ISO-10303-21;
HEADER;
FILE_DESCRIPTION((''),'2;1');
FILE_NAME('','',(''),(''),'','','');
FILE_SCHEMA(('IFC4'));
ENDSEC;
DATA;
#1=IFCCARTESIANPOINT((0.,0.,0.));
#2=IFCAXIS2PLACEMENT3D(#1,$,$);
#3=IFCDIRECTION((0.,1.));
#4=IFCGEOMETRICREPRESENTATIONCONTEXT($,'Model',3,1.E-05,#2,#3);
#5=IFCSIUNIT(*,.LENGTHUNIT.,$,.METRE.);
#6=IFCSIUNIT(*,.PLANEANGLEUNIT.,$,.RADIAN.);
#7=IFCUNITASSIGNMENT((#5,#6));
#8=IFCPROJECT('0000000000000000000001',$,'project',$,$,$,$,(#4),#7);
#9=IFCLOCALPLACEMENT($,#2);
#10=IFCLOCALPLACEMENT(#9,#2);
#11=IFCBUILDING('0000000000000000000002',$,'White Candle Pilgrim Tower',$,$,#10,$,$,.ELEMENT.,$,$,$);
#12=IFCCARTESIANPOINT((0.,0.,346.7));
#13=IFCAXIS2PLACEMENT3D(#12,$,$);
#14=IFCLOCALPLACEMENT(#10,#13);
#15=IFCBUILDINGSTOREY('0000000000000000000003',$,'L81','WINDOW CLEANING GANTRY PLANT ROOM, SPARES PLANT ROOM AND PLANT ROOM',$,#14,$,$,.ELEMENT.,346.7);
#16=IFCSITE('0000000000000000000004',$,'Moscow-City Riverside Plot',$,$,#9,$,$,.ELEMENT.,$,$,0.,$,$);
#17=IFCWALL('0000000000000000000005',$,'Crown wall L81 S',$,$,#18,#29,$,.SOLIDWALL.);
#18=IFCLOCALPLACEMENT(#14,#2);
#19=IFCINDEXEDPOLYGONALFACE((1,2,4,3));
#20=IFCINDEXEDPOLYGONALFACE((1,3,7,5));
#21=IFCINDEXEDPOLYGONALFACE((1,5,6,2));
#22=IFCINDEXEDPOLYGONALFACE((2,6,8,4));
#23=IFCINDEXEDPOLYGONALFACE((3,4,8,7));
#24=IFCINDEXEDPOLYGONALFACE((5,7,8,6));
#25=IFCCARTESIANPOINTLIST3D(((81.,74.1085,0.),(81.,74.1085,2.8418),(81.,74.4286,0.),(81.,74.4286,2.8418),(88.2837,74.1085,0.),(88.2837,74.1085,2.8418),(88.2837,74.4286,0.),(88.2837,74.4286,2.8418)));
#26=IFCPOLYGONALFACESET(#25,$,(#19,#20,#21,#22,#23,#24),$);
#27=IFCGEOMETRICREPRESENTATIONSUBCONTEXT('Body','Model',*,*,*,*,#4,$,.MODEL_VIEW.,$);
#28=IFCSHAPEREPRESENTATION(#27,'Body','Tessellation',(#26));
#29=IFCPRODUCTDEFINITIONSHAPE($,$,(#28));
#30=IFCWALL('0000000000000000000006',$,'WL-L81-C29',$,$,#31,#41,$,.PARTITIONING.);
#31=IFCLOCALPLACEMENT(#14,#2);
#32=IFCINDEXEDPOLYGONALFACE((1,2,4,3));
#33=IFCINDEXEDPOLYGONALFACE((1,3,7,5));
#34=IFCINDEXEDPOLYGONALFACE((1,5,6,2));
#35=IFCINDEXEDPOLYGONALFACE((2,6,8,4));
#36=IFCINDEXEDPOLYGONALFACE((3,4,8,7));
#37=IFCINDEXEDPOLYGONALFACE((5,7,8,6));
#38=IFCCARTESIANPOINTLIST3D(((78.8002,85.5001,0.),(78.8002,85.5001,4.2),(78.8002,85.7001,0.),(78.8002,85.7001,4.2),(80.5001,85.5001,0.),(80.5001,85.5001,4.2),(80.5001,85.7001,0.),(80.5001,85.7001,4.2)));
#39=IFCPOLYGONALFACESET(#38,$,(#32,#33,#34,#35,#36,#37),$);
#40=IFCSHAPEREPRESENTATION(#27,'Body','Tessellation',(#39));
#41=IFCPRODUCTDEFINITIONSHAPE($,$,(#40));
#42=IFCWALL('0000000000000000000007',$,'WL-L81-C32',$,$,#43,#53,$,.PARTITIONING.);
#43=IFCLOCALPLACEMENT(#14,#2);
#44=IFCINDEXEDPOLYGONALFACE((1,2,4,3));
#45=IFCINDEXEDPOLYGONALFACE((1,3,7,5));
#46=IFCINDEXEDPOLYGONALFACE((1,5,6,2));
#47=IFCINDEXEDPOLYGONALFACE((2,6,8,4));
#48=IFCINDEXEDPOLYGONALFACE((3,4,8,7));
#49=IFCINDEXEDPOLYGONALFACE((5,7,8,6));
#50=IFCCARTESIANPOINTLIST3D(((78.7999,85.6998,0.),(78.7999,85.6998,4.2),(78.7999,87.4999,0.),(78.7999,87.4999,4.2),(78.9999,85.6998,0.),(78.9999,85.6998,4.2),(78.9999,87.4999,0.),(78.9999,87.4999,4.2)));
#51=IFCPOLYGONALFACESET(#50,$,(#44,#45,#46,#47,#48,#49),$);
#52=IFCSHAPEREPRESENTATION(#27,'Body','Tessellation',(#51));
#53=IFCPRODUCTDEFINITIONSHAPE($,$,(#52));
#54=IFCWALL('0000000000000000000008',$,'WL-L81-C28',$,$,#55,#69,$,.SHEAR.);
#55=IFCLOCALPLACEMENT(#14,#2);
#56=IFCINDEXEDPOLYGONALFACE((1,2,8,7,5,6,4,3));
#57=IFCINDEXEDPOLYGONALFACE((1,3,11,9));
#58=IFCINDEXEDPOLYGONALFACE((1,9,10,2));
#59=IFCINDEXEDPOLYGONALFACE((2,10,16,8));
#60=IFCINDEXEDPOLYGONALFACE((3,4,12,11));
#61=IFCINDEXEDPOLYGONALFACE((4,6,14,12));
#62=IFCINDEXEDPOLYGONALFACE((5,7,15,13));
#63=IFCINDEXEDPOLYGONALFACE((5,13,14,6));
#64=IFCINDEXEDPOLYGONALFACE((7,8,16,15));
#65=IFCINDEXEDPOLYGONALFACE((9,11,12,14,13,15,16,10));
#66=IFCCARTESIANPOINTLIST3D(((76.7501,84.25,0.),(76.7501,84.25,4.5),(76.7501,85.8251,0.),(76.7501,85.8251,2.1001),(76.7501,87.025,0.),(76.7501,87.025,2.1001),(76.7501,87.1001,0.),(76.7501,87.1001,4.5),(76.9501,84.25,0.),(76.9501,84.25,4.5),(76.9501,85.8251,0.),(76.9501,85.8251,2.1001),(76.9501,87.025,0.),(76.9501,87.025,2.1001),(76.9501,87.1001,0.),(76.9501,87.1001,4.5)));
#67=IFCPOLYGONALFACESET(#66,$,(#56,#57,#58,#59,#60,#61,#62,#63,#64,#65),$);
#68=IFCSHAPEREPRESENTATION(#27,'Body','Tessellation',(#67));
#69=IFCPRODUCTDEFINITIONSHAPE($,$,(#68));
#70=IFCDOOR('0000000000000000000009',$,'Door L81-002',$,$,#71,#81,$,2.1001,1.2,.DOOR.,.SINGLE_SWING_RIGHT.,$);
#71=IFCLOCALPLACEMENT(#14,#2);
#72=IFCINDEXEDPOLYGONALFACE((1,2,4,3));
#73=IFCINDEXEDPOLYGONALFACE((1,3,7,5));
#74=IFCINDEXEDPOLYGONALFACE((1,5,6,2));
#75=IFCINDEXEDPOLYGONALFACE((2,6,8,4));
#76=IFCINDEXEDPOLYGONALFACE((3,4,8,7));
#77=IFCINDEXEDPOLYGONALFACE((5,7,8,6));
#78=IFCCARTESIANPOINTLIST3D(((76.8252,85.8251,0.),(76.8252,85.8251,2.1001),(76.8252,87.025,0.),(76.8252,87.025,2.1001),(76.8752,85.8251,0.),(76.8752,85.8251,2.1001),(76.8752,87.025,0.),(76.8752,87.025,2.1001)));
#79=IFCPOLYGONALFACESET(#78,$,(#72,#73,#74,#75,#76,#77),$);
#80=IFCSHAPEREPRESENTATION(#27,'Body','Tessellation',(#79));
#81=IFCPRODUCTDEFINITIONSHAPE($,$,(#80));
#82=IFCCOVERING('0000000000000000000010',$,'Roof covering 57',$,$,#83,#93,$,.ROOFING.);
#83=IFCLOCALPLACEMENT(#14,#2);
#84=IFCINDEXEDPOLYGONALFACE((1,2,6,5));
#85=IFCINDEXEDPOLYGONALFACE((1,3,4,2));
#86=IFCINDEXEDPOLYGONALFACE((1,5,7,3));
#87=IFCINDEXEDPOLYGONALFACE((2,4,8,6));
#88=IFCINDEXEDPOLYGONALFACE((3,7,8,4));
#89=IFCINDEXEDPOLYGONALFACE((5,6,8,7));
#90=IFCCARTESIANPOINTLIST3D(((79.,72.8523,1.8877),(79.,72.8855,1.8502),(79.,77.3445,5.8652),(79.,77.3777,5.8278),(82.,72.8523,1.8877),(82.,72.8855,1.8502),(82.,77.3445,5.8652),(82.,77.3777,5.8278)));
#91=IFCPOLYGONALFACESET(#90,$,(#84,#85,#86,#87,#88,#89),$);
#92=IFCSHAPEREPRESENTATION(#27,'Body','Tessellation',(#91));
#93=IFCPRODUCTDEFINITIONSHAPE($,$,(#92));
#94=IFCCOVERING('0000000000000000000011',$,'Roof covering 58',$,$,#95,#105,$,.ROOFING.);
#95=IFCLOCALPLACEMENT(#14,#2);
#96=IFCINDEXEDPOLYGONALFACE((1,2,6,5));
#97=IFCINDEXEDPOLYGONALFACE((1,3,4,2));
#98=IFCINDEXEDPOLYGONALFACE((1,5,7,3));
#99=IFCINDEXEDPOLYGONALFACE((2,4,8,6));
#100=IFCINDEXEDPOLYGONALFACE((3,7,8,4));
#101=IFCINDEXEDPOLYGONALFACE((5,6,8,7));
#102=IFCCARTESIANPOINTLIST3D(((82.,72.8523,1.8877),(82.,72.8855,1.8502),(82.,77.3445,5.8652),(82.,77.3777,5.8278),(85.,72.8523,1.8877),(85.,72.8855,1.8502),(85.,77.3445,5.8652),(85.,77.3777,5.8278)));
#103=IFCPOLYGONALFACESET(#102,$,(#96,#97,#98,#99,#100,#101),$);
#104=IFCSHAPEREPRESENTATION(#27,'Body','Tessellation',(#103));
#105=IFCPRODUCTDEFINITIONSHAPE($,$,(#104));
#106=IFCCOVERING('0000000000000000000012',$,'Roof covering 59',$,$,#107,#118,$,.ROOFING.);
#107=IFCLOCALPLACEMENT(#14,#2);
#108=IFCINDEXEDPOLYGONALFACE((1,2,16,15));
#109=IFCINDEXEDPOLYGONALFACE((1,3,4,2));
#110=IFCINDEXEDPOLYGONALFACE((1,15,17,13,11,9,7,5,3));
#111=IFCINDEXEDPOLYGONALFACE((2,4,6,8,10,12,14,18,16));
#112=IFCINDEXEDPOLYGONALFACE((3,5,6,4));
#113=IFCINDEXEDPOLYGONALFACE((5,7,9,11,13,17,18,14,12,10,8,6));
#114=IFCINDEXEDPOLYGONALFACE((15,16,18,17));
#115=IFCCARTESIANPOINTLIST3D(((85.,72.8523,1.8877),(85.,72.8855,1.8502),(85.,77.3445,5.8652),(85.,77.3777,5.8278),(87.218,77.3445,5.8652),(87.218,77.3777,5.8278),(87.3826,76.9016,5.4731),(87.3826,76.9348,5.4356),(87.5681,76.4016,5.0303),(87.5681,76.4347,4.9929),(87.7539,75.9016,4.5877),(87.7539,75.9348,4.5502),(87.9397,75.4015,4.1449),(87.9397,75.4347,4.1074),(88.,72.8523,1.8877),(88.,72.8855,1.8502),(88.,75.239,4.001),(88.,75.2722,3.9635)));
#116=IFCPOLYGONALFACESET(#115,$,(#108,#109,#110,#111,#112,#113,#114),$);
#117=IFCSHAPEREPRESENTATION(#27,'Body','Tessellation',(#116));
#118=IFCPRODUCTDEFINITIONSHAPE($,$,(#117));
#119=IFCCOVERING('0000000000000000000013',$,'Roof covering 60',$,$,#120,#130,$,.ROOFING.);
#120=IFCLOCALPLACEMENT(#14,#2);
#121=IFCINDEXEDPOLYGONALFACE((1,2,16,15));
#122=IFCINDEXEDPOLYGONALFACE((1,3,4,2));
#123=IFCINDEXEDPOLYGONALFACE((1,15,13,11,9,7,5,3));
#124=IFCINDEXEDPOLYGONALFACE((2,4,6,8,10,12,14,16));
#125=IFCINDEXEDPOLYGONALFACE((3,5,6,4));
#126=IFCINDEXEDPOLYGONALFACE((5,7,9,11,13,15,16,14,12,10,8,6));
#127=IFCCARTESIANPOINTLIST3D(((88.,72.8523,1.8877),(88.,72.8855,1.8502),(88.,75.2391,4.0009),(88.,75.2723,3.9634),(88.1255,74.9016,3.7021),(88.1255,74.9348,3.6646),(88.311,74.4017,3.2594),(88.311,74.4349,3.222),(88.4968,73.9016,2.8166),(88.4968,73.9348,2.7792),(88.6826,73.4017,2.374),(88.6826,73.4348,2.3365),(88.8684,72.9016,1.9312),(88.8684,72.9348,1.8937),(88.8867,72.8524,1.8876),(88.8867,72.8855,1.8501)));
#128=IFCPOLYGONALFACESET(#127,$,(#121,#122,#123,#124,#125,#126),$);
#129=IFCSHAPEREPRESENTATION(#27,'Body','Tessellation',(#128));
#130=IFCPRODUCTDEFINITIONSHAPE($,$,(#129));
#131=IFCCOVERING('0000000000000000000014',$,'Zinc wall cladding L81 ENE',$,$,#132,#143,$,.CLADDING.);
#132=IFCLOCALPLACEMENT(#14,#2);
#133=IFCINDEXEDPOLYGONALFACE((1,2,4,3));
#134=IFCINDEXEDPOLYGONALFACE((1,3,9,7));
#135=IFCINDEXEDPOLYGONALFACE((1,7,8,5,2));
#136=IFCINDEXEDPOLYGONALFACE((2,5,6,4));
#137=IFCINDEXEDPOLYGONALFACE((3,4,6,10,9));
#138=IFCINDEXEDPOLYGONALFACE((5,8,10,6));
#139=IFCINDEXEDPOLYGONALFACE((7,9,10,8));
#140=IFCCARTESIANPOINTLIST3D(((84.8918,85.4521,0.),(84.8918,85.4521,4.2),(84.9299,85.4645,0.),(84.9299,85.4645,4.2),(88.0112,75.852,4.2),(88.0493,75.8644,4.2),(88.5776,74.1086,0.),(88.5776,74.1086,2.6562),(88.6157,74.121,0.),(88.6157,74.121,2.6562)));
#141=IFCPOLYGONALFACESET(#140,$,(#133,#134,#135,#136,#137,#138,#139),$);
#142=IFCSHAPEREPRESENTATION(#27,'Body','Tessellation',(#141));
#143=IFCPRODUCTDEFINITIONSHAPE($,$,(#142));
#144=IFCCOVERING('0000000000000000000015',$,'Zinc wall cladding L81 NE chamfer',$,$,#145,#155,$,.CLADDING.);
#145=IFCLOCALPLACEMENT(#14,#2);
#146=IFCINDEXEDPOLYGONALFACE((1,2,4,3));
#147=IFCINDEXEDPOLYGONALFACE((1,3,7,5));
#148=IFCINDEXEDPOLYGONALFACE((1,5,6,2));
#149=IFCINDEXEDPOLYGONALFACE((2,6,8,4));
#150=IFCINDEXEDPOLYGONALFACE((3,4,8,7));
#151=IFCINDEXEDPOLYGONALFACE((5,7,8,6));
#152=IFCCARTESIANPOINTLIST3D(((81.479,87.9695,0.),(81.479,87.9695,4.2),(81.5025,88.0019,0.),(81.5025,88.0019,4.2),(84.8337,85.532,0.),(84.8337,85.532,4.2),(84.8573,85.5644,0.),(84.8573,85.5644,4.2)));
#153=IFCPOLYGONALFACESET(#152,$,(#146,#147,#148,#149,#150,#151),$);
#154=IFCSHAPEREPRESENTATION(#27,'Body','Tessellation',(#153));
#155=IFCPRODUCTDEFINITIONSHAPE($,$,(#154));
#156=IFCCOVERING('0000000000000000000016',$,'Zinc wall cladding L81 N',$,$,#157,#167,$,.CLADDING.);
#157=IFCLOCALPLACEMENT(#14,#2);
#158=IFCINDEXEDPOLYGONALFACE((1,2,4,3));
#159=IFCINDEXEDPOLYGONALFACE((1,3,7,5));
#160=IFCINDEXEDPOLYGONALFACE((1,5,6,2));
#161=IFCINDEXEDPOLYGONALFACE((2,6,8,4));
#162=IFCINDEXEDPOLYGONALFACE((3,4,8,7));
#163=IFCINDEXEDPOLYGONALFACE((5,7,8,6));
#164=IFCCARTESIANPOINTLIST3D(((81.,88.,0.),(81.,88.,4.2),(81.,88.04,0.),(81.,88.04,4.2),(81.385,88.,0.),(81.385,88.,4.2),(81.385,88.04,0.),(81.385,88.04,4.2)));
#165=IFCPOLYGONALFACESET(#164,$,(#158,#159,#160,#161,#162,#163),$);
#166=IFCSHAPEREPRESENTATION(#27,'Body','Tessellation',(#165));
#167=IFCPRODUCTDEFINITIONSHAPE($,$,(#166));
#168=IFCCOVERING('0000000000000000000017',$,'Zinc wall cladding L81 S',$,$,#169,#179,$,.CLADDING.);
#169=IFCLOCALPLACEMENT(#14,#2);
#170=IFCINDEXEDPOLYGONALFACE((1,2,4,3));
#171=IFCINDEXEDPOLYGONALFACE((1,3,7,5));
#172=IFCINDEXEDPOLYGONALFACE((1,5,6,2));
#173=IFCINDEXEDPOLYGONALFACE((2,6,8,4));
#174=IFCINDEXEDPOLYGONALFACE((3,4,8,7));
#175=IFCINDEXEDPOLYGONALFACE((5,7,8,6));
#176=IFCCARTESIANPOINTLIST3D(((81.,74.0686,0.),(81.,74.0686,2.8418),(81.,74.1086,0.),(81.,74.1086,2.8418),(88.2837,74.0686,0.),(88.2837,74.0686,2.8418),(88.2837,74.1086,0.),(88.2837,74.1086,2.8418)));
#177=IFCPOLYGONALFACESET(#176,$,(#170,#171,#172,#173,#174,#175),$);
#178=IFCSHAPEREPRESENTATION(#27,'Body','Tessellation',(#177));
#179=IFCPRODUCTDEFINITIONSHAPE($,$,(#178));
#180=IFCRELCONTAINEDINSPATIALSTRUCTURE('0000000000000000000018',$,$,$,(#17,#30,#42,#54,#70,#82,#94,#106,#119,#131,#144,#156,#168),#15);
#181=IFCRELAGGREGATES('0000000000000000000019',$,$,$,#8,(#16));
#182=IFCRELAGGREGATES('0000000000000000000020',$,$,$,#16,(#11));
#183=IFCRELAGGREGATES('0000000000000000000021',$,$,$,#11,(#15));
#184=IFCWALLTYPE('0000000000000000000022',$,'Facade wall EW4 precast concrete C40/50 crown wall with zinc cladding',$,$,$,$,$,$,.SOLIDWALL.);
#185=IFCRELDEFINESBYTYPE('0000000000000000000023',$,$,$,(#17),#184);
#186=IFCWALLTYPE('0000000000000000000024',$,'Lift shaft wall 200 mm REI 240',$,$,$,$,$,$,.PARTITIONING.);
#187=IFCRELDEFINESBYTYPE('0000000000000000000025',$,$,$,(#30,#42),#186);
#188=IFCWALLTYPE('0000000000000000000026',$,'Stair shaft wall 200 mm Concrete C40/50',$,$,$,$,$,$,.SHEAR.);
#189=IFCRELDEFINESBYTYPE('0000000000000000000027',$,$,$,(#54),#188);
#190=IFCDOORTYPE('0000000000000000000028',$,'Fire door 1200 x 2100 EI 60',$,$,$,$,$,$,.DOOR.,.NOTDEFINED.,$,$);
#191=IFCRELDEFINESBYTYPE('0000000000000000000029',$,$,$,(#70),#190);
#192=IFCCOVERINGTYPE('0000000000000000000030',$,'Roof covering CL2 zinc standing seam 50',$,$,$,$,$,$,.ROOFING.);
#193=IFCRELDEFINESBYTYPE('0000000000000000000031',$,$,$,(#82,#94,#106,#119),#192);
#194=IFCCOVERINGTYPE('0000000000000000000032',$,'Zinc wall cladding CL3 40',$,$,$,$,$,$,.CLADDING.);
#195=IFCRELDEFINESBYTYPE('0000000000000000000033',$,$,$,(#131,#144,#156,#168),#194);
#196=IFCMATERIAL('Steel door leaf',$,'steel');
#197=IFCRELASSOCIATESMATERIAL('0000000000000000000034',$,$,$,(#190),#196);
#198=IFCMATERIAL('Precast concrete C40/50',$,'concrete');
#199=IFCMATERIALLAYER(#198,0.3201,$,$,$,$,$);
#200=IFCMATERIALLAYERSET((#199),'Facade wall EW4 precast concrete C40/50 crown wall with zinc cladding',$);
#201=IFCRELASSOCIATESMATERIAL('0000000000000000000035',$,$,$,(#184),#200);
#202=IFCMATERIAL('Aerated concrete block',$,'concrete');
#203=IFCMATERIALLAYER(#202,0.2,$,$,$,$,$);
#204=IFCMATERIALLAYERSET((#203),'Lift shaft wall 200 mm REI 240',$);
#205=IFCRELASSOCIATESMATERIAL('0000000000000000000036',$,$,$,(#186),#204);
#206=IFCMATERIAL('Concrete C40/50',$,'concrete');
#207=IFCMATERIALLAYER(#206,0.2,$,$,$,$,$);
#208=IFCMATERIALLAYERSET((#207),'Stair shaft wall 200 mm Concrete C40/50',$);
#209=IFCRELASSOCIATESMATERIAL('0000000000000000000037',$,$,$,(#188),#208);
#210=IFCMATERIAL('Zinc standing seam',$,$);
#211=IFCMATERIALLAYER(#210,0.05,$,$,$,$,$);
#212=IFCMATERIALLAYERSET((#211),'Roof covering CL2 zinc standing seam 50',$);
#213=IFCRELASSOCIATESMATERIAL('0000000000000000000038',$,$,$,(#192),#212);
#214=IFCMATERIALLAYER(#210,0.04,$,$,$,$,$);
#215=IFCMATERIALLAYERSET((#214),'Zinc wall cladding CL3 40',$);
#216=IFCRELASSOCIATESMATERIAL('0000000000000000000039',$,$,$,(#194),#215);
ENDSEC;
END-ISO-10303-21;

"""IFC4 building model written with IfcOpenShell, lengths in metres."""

from ifc_helpers import new_model, si_unit, direction, frame, frame_2d, origin, place, context, subcontext, project, spatial, polyline, rectangle, outline, extrude, material, layer, layer_set, type_object, element, fill, save


model = new_model("IFC4")

# Units and contexts
model_context = context("Model", 3, precision=1e-05, world=origin(), true_north=direction((0.0, 1.0)))
body_context = subcontext(model_context, "Body", "Model", "MODEL_VIEW")
ifc_project = project(units=[si_unit("LENGTHUNIT", "METRE"), si_unit("PLANEANGLEUNIT", "RADIAN")], contexts=[model_context])

# Site, building, storey
site_placement = place(None, origin())
site = spatial("IfcSite", under=ifc_project, at=site_placement, Name="Moscow-City Riverside Plot", CompositionType="ELEMENT", RefElevation=0.0)
building_placement = place(site_placement, origin())
building = spatial("IfcBuilding", under=site, at=building_placement, Name="White Candle Pilgrim Tower", CompositionType="ELEMENT")
storey_placement = place(building_placement, frame((0.0, 0.0, 346.7)))
storey = spatial("IfcBuildingStorey", under=building, at=storey_placement, Name="L81", Description="WINDOW CLEANING GANTRY PLANT ROOM, SPARES PLANT ROOM AND PLANT ROOM", CompositionType="ELEMENT", Elevation=346.7)

# Shared definitions
ifc_material_1 = material(Name="Concrete C40/50", Category="concrete")

# Shared definitions
ifc_material_2 = material(Name="Steel door leaf", Category="steel")
door_type_1 = type_object("IfcDoorType", Name="Fire door 1200 x 2100 EI 60", OperationType="NOTDEFINED", PredefinedType="DOOR", material=ifc_material_2)

# Walls
ifc_material_3 = material(Name="Precast concrete C40/50", Category="concrete")
ifc_layer_1 = layer(ifc_material_3, 0.3201)
ifc_layer_set_1 = layer_set([ifc_layer_1], Name="Facade wall EW4 precast concrete C40/50 crown wall with zinc cladding")
wall_type_1 = type_object("IfcWallType", Name="Facade wall EW4 precast concrete C40/50 crown wall with zinc cladding", PredefinedType="SOLIDWALL", material=ifc_layer_set_1)
wall_1_placement = place(storey_placement, frame((81.0, 74.2686, 0.0), z_axis=(0.0, 0.0, 1.0), x_axis=(1.0, 0.0, 0.0)))
element("IfcWall", 1, at=wall_1_placement, inside=storey, type_object=wall_type_1, Name="Crown wall L81 S", PredefinedType="SOLIDWALL", context=body_context, shape_type="SweptSolid", body=[
    extrude(rectangle(XDim=7.2837, YDim=0.3201, at=frame_2d((3.6418, 0.0))), origin(), (0.0, 0.0, 1.0), 2.8418),
])
ifc_material_4 = material(Name="Aerated concrete block", Category="concrete")
ifc_layer_2 = layer(ifc_material_4, 0.2)
ifc_layer_set_2 = layer_set([ifc_layer_2], Name="Lift shaft wall 200 mm REI 240")
wall_type_2 = type_object("IfcWallType", Name="Lift shaft wall 200 mm REI 240", PredefinedType="PARTITIONING", material=ifc_layer_set_2)
wall_2_placement = place(storey_placement, frame((78.8, 85.6001, 0.0), z_axis=(0.0, 0.0, 1.0), x_axis=(1.0, 0.0, 0.0)))
element("IfcWall", 2, at=wall_2_placement, inside=storey, type_object=wall_type_2, Name="WL-L81-C29", PredefinedType="PARTITIONING", context=body_context, shape_type="SweptSolid", body=[
    extrude(rectangle(XDim=1.7, YDim=0.2, at=frame_2d((0.8501, 0.0))), origin(), (0.0, 0.0, 1.0), 4.2),
])
wall_3_placement = place(storey_placement, frame((78.8999, 85.7, 0.0), z_axis=(0.0, 0.0, 1.0), x_axis=(0.0, 1.0, 0.0)))
element("IfcWall", 3, at=wall_3_placement, inside=storey, type_object=wall_type_2, Name="WL-L81-C32", PredefinedType="PARTITIONING", context=body_context, shape_type="SweptSolid", body=[
    extrude(rectangle(XDim=1.8, YDim=0.2, at=frame_2d((0.8999, 0.0))), origin(), (0.0, 0.0, 1.0), 4.2),
])

# Wall, opening, door
ifc_layer_3 = layer(ifc_material_1, 0.2)
ifc_layer_set_3 = layer_set([ifc_layer_3], Name="Stair shaft wall 200 mm Concrete C40/50")
wall_type_3 = type_object("IfcWallType", Name="Stair shaft wall 200 mm Concrete C40/50", PredefinedType="SHEAR", material=ifc_layer_set_3)
wall_4_placement = place(storey_placement, frame((76.8501, 84.25, 0.0), z_axis=(0.0, 0.0, 1.0), x_axis=(0.0, 1.0, 0.0)))
wall_4 = element("IfcWall", 4, at=wall_4_placement, inside=storey, type_object=wall_type_3, Name="WL-L81-C28", PredefinedType="SHEAR", context=body_context, shape_type="SweptSolid", body=[
    extrude(rectangle(XDim=2.8501, YDim=0.2, at=frame_2d((1.425, 0.0))), origin(), (0.0, 0.0, 1.0), 4.5),
])
opening_1_placement = place(wall_4_placement, frame((1.575, 0.0, 0.0)))
opening_1 = element("IfcOpeningElement", 5, at=opening_1_placement, cuts=wall_4, PredefinedType="OPENING", context=body_context, shape_type="SweptSolid", body=[
    extrude(rectangle(XDim=1.2, YDim=2.1001, at=frame_2d((0.6001, 1.05))), frame((0.0, 0.1099, 0.0), z_axis=(0.0, -1.0, 0.0), x_axis=(1.0, 0.0, 0.0)), (0.0, 0.0, 1.0), 0.22),
])
door_1_placement = place(opening_1_placement, origin())
door_1 = element("IfcDoor", 6, at=door_1_placement, inside=storey, type_object=door_type_1, Name="Door L81-002", OperationType="SINGLE_SWING_RIGHT", OverallHeight=2.1001, OverallWidth=1.2, PredefinedType="DOOR", context=body_context, shape_type="SweptSolid", body=[
    extrude(rectangle(XDim=1.2, YDim=2.1001, at=frame_2d((0.6001, 1.05))), frame((0.0, 0.0249, 0.0), z_axis=(0.0, -1.0, 0.0), x_axis=(1.0, 0.0, 0.0)), (0.0, 0.0, 1.0), 0.05),
])
fill(opening_1, door_1)

# Coverings
ifc_material_5 = material(Name="Zinc standing seam")
ifc_layer_4 = layer(ifc_material_5, 0.05)
ifc_layer_set_4 = layer_set([ifc_layer_4], Name="Roof covering CL2 zinc standing seam 50")
covering_type_1 = type_object("IfcCoveringType", Name="Roof covering CL2 zinc standing seam 50", PredefinedType="ROOFING", material=ifc_layer_set_4)
for number, where, z_axis, x_axis, name in (
    (7, (79.0, 72.8523, 1.8877), (0.0, -0.662918, 0.748692), (0.0, 0.748692, 0.662918), "Roof covering 57"),
    (8, (82.0, 72.8523, 1.8877), (0.0, -0.662918, 0.748692), (0.0, 0.748692, 0.662918), "Roof covering 58"),
):
    element("IfcCovering", number, at=place(storey_placement, frame(where, z_axis=z_axis, x_axis=x_axis)), inside=storey, type_object=covering_type_1, Name=name, PredefinedType="ROOFING", context=body_context, shape_type="SweptSolid", body=[
        extrude(outline(polyline([(0.0, 0.0), (6.0, 0.0), (6.0, -3.0), (0.0, -3.0), (0.0, 0.0)])), origin(), (0.0, 0.0, -1.0), 0.05),
    ])
covering_1_placement = place(storey_placement, frame((88.0, 72.8523, 1.8877), z_axis=(0.000006, -0.662917, 0.748693), x_axis=(-1.0, -0.000004, 0.000005)))
element("IfcCovering", 9, at=covering_1_placement, inside=storey, type_object=covering_type_1, Name="Roof covering 59", PredefinedType="ROOFING", context=body_context, shape_type="SweptSolid", body=[
    extrude(outline(polyline([(0.0, 0.0), (3.0, 0.0), (3.0, -6.0), (0.782, -6.0), (0.6174, -5.4085), (0.4319, -4.7406), (0.2461, -4.0728), (0.0603, -3.4049), (0.0, -3.1878), (0.0, 0.0)])), origin(), (0.0, 0.0, -1.0), 0.05),
])
covering_2_placement = place(storey_placement, frame((88.0, 72.8523, 1.8877), z_axis=(0.000132, -0.66289, 0.748717), x_axis=(0.0, 0.748717, 0.66289)))
element("IfcCovering", 10, at=covering_2_placement, inside=storey, type_object=covering_type_1, Name="Roof covering 60", PredefinedType="ROOFING", context=body_context, shape_type="SweptSolid", body=[
    extrude(outline(polyline([(0.0, 0.0), (3.1878, 0.0), (2.7371, -0.1255), (2.0694, -0.311), (1.4014, -0.4968), (0.7337, -0.6826), (0.0657, -0.8684), (0.0, -0.8867), (0.0, 0.0)])), origin(), (0.0, 0.0, -1.0), 0.05),
])
ifc_layer_5 = layer(ifc_material_5, 0.04)
ifc_layer_set_5 = layer_set([ifc_layer_5], Name="Zinc wall cladding CL3 40")
covering_type_2 = type_object("IfcCoveringType", Name="Zinc wall cladding CL3 40", PredefinedType="CLADDING", material=ifc_layer_set_5)
covering_3_placement = place(storey_placement, frame((88.5776, 74.1086, 2.6562), z_axis=(-0.951055, -0.309023, 0.000008), x_axis=(-0.236368, 0.727468, 0.644143)))
element("IfcCovering", 11, at=covering_3_placement, inside=storey, type_object=covering_type_2, Name="Zinc wall cladding L81 ENE", PredefinedType="CLADDING", context=body_context, shape_type="SweptSolid", body=[
    extrude(outline(polyline([(0.0, 0.0), (2.3965, 0.0), (10.1176, 6.5021), (7.4122, 9.7147), (-1.711, 2.0318), (0.0, 0.0)])), origin(), (0.0, 0.0, -1.0), 0.04),
])
covering_4_placement = place(storey_placement, frame((84.8337, 85.532, 4.2), z_axis=(-0.587808, -0.809001, 0.0), x_axis=(-0.809001, 0.587808, 0.0)))
element("IfcCovering", 12, at=covering_4_placement, inside=storey, type_object=covering_type_2, Name="Zinc wall cladding L81 NE chamfer", PredefinedType="CLADDING", context=body_context, shape_type="SweptSolid", body=[
    extrude(outline(polyline([(0.0, 0.0), (4.1468, 0.0), (4.1468, 4.2), (0.0, 4.2), (0.0, 0.0)])), origin(), (0.0, 0.0, -1.0), 0.04),
])
covering_5_placement = place(storey_placement, frame((81.385, 88.0, 4.2), z_axis=(0.0, -1.0, 0.0), x_axis=(-1.0, 0.0, 0.0)))
element("IfcCovering", 13, at=covering_5_placement, inside=storey, type_object=covering_type_2, Name="Zinc wall cladding L81 N", PredefinedType="CLADDING", context=body_context, shape_type="SweptSolid", body=[
    extrude(outline(polyline([(0.0, 0.0), (0.385, 0.0), (0.385, 4.2), (0.0, 4.2), (0.0, 0.0)])), origin(), (0.0, 0.0, -1.0), 0.04),
])
covering_6_placement = place(storey_placement, frame((81.0, 74.1086, 2.8418), z_axis=(0.0, 1.0, 0.0), x_axis=(1.0, 0.0, 0.0)))
element("IfcCovering", 14, at=covering_6_placement, inside=storey, type_object=covering_type_2, Name="Zinc wall cladding L81 S", PredefinedType="CLADDING", context=body_context, shape_type="SweptSolid", body=[
    extrude(outline(polyline([(0.0, 0.0), (7.2837, 0.0), (7.2837, 2.8418), (0.0, 2.8418), (0.0, 0.0)])), origin(), (0.0, 0.0, -1.0), 0.04),
])

save(model, "model.ifc")
